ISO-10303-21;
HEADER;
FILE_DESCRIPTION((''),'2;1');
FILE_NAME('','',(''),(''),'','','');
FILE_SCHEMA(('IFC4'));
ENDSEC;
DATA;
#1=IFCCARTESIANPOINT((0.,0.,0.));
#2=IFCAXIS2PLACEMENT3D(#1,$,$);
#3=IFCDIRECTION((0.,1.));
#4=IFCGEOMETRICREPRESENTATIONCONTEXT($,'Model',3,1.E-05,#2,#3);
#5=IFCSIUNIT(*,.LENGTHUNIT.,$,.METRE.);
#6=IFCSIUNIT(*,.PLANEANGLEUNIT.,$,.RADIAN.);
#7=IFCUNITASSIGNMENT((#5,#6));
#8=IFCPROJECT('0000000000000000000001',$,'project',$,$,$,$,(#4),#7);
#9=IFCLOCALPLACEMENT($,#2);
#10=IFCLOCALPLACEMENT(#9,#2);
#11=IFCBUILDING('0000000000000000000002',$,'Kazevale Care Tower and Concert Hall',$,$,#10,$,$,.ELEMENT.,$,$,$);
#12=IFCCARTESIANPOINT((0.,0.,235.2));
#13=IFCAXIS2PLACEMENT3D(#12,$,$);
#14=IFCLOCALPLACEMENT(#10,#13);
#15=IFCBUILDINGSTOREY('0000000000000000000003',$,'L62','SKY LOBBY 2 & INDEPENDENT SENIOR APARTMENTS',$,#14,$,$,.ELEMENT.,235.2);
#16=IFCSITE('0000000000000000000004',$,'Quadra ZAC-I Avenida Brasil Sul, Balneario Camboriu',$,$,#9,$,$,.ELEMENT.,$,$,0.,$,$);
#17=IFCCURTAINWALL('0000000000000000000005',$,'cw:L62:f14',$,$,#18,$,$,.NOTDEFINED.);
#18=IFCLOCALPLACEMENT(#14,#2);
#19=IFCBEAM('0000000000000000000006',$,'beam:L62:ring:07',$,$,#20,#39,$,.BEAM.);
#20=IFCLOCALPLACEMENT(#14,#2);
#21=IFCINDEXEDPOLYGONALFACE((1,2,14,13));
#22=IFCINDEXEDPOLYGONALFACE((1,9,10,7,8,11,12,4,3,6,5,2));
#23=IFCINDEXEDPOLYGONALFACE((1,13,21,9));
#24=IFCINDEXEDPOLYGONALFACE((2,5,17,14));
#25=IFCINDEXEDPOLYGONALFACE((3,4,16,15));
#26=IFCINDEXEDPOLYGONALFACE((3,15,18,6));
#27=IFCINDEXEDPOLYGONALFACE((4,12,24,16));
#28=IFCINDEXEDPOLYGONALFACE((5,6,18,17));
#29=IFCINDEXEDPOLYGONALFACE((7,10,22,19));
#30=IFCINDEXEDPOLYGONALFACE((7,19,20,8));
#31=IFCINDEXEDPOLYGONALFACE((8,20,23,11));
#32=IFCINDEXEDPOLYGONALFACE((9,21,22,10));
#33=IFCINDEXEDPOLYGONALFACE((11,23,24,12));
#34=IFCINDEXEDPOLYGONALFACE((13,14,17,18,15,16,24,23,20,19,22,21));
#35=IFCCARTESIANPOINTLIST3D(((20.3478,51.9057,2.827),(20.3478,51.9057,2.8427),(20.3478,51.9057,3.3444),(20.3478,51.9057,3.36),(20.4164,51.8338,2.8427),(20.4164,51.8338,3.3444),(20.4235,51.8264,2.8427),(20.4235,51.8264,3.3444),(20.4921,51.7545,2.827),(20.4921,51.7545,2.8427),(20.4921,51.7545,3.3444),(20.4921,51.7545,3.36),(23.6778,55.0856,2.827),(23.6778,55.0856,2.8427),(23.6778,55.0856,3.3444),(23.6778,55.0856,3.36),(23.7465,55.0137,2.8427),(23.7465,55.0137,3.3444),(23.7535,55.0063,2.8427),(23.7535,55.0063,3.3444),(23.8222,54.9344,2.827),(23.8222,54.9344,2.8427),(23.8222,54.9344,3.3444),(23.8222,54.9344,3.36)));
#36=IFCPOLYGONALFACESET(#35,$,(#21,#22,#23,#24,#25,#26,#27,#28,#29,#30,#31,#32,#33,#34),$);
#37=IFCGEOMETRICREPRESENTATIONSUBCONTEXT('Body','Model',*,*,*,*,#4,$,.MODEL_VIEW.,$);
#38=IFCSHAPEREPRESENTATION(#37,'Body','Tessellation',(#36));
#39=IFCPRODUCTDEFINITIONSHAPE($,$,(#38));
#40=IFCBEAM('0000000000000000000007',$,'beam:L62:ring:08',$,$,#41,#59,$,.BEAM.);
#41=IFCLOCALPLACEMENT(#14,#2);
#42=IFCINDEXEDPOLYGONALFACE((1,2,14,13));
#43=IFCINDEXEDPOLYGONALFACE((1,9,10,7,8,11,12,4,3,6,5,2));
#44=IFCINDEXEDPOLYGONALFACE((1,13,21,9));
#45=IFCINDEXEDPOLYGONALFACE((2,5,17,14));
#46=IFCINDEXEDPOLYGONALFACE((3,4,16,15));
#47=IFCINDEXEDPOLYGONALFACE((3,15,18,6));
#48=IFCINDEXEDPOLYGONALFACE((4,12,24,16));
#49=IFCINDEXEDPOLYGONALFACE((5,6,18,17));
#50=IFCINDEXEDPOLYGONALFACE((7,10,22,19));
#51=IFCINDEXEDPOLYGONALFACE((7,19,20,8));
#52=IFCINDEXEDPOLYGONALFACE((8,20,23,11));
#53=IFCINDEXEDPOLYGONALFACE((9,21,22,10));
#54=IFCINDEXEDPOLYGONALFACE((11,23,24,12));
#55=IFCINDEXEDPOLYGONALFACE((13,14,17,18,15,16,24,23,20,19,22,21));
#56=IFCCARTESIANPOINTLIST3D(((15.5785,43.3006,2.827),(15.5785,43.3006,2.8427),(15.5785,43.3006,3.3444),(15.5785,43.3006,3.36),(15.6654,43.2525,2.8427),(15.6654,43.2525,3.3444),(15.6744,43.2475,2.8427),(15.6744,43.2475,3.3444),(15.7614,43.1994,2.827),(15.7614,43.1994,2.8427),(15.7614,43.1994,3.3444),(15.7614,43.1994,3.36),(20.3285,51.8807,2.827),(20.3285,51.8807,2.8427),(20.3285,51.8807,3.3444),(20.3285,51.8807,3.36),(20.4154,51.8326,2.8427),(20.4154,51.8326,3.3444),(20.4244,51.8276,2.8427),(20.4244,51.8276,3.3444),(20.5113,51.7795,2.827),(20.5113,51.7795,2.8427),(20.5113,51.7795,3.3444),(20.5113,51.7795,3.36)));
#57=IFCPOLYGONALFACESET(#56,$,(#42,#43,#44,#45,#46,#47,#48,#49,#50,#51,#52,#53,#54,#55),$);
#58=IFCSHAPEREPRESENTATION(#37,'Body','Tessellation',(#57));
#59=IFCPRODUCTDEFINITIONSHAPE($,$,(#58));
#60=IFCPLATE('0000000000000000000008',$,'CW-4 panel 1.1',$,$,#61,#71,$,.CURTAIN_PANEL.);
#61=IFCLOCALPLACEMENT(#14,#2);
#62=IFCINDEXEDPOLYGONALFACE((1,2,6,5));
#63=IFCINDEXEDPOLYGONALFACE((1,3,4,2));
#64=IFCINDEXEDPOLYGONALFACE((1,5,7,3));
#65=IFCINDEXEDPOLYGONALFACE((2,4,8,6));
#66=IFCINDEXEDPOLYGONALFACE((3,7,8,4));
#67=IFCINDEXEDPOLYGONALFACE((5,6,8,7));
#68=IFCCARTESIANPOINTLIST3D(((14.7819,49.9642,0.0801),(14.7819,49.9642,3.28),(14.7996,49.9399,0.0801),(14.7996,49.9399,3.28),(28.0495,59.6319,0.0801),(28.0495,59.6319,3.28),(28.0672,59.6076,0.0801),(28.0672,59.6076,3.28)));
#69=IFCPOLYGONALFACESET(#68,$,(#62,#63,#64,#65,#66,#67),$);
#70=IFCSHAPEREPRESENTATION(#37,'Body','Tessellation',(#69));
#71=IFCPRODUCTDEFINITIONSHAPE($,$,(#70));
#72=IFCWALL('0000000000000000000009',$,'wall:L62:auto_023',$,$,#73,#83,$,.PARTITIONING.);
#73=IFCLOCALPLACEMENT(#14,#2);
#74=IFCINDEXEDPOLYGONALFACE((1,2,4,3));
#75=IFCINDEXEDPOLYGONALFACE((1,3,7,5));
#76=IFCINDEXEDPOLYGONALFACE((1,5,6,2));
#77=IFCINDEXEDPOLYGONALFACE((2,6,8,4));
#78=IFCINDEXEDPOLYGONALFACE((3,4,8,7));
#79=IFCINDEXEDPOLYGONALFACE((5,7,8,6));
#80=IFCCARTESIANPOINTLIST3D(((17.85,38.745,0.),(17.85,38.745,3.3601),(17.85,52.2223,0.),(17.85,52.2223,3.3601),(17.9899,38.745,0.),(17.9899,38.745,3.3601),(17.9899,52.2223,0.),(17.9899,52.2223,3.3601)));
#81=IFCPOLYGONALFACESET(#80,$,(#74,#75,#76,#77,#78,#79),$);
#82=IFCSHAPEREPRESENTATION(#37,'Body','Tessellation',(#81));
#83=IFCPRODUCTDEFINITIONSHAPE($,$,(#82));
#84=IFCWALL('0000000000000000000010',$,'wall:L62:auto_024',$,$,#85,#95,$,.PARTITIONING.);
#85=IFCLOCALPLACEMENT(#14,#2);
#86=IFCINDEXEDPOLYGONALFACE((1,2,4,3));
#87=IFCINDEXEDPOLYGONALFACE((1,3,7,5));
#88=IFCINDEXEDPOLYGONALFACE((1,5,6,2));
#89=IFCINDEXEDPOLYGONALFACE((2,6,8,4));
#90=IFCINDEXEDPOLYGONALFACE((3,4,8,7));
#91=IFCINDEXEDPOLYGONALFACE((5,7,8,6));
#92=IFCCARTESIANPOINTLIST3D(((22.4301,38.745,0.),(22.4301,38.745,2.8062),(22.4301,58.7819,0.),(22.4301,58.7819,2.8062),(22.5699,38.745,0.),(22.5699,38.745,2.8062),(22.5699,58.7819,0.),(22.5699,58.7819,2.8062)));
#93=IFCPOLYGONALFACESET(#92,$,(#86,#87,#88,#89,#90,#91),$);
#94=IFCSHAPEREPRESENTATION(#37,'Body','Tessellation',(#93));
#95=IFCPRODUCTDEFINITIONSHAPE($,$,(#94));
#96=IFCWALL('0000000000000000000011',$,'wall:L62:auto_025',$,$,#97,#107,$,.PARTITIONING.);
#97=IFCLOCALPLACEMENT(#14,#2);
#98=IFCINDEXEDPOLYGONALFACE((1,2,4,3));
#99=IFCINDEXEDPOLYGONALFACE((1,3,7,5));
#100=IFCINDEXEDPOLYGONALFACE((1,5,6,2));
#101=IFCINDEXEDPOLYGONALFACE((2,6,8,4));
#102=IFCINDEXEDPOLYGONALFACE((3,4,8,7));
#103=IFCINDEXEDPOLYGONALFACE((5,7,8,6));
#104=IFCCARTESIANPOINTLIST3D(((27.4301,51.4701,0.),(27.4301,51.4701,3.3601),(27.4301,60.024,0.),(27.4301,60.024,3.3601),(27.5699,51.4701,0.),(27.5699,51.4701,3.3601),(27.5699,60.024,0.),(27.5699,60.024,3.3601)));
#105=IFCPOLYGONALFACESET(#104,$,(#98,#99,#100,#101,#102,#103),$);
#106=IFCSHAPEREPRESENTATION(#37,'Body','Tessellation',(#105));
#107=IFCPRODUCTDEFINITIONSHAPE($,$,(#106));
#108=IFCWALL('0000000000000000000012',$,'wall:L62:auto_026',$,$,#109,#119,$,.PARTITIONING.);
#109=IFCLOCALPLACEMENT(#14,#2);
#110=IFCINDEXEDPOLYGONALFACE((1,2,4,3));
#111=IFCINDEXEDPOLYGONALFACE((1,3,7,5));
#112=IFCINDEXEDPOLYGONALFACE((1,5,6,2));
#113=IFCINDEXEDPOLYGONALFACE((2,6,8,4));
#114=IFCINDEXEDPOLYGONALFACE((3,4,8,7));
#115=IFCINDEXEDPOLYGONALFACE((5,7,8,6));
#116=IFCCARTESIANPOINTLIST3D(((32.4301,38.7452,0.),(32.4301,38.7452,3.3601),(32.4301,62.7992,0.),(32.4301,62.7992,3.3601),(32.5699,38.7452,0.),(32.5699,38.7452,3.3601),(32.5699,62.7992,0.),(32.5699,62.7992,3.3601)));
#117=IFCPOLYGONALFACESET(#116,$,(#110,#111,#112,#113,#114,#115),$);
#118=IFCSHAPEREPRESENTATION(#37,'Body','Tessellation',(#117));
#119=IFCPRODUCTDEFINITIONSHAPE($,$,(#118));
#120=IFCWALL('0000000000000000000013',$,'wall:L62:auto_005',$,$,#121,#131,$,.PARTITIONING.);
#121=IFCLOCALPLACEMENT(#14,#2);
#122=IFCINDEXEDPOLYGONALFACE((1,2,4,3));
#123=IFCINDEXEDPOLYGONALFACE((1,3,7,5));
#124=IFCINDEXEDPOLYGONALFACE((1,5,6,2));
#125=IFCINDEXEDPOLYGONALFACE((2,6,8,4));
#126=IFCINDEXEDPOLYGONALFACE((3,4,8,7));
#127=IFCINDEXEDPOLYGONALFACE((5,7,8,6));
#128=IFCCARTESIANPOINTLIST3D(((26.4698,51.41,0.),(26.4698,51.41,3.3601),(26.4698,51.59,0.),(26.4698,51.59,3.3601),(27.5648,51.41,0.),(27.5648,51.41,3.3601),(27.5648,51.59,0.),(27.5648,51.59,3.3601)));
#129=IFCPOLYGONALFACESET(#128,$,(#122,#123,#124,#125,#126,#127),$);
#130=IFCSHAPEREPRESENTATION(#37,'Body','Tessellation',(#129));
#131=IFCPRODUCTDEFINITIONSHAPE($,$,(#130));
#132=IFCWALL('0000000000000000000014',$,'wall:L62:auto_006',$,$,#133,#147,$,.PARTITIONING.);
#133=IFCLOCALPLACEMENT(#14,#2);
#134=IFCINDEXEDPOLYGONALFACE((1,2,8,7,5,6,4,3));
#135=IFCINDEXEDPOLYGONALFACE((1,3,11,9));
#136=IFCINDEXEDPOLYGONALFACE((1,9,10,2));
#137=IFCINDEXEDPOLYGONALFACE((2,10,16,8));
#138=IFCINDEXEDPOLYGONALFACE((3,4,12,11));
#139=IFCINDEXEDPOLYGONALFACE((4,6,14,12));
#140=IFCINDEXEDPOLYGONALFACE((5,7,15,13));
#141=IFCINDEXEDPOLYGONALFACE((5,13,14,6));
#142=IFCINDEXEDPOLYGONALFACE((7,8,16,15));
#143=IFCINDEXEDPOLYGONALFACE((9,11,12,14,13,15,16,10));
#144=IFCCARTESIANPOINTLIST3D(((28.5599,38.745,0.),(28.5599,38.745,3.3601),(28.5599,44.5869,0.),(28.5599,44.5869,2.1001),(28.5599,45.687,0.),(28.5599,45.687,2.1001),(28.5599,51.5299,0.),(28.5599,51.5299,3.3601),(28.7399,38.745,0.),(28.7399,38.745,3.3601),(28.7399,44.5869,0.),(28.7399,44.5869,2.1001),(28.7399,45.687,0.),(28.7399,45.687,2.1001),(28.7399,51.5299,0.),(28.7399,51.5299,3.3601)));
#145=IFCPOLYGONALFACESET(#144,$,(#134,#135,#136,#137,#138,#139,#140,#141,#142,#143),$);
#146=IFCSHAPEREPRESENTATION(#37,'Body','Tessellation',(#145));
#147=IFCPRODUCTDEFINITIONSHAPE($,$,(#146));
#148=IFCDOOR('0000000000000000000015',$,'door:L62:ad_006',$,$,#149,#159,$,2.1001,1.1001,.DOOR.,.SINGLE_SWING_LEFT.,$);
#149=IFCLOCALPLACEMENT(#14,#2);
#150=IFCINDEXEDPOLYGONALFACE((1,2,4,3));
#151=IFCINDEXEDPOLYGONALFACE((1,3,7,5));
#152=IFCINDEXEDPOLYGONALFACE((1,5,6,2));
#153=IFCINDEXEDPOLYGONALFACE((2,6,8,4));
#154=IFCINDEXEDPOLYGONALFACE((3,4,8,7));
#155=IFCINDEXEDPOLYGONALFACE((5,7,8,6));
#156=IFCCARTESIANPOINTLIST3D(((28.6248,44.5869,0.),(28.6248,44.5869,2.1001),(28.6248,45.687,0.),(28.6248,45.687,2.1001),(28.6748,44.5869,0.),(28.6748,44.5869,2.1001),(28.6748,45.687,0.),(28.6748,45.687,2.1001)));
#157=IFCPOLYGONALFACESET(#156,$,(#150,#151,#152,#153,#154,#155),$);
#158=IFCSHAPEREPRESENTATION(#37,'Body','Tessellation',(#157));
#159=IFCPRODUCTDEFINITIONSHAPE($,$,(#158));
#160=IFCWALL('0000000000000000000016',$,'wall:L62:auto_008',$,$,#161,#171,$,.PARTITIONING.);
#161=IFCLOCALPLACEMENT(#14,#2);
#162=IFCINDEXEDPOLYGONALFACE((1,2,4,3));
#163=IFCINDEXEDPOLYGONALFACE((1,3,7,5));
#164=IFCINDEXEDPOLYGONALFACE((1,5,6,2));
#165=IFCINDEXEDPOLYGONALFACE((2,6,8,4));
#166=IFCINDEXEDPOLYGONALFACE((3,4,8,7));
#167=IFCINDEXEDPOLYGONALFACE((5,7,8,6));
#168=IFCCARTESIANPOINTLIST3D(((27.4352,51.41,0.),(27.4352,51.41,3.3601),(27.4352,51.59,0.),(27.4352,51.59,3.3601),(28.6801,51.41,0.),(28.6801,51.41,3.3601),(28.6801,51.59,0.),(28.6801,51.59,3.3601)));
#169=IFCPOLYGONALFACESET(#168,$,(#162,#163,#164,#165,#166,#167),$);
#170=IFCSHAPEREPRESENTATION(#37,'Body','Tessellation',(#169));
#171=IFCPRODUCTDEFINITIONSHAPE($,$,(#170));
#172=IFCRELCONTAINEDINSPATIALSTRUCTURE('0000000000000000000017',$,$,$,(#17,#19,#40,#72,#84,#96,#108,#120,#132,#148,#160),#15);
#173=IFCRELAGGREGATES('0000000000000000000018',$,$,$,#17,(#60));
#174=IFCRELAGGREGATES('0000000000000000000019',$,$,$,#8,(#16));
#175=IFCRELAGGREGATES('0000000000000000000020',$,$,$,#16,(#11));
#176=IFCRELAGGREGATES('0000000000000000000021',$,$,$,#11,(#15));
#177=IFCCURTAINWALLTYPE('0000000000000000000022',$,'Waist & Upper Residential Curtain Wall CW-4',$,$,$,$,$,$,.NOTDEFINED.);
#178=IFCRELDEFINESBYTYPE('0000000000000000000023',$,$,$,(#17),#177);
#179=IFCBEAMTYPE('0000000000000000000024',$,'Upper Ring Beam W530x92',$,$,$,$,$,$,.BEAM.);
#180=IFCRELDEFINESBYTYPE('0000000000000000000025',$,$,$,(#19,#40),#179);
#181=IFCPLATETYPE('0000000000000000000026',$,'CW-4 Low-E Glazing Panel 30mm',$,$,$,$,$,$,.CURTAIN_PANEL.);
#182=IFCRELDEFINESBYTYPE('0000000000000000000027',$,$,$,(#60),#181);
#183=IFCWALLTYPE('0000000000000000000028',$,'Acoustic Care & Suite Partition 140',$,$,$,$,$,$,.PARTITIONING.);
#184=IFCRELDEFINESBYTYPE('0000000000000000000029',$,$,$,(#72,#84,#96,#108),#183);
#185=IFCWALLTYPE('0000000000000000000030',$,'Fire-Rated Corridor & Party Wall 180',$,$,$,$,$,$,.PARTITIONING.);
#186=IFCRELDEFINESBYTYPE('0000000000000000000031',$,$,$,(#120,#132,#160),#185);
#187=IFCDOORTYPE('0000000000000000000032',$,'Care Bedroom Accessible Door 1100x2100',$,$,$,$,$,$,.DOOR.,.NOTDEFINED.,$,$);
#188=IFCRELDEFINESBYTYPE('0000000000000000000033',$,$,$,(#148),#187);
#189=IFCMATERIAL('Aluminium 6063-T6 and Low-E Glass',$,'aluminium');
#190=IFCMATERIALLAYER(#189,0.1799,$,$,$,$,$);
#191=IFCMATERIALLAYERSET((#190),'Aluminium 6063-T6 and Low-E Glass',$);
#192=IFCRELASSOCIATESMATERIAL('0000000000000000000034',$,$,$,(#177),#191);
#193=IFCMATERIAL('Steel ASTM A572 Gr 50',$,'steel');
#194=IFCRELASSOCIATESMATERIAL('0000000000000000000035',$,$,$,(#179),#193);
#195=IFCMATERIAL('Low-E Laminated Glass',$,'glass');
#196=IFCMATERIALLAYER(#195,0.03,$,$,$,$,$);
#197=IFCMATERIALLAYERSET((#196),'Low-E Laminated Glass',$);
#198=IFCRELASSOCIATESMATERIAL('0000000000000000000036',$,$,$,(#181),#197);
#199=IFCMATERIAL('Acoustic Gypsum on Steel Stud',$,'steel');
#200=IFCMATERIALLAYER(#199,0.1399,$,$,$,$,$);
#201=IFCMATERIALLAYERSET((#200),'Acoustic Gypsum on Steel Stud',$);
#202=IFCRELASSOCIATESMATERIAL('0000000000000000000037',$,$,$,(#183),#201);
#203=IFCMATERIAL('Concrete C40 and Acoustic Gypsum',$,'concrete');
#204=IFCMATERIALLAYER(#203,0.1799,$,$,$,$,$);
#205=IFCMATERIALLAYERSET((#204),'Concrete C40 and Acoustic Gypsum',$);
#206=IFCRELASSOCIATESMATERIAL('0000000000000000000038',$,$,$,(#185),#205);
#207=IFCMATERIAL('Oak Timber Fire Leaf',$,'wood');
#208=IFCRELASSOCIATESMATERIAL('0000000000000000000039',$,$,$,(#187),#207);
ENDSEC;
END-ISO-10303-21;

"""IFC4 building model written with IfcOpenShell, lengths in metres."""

from ifc_helpers import new_model, si_unit, direction, frame, frame_2d, origin, origin_2d, place, context, subcontext, project, spatial, rectangle, i_section, extrude, material, layer, layer_set, material_profile, profile_set, type_object, element, fill, aggregate, save


model = new_model("IFC4")

# Units and contexts
model_context = context("Model", 3, precision=1e-05, world=origin(), true_north=direction((0.0, 1.0)))
body_context = subcontext(model_context, "Body", "Model", "MODEL_VIEW")
ifc_project = project(units=[si_unit("LENGTHUNIT", "METRE"), si_unit("PLANEANGLEUNIT", "RADIAN")], contexts=[model_context])

# Site, building, storey
site_placement = place(None, origin())
site = spatial("IfcSite", under=ifc_project, at=site_placement, Name="Quadra ZAC-I Avenida Brasil Sul, Balneario Camboriu", CompositionType="ELEMENT", RefElevation=0.0)
building_placement = place(site_placement, origin())
building = spatial("IfcBuilding", under=site, at=building_placement, Name="Kazevale Care Tower and Concert Hall", CompositionType="ELEMENT")
storey_placement = place(building_placement, frame((0.0, 0.0, 235.2)))
storey = spatial("IfcBuildingStorey", under=building, at=storey_placement, Name="L62", Description="SKY LOBBY 2 & INDEPENDENT SENIOR APARTMENTS", CompositionType="ELEMENT", Elevation=235.2)

# Curtain wall
ifc_material_1 = material(Name="Aluminium 6063-T6 and Low-E Glass", Category="aluminium")
ifc_layer_1 = layer(ifc_material_1, 0.1799)
ifc_layer_set_1 = layer_set([ifc_layer_1], Name="Aluminium 6063-T6 and Low-E Glass")
curtain_wall_type = type_object("IfcCurtainWallType", Name="Waist & Upper Residential Curtain Wall CW-4", PredefinedType="NOTDEFINED", material=ifc_layer_set_1)
curtain_wall_placement = place(storey_placement, origin())
curtain_wall = element("IfcCurtainWall", 1, at=curtain_wall_placement, inside=storey, type_object=curtain_wall_type, Name="cw:L62:f14", PredefinedType="NOTDEFINED")

# Beams
ifc_material_2 = material(Name="Steel ASTM A572 Gr 50", Category="steel")
ifc_material_profile_1 = material_profile(ifc_material_2, i_section(OverallWidth=0.209, OverallDepth=0.533, WebThickness=0.0103, FlangeThickness=0.0156, at=origin_2d()), Name="W530x92")
ifc_profile_set_1 = profile_set([ifc_material_profile_1], Name="Steel ASTM A572 Gr 50")
beam_type = type_object("IfcBeamType", Name="Upper Ring Beam W530x92", PredefinedType="BEAM", material=ifc_profile_set_1)
beam_1_placement = place(storey_placement, frame((23.75, 55.01, 3.0935), z_axis=(-0.723223, -0.690614, 0.0), x_axis=(0.690614, -0.723223, 0.0)))
element("IfcBeam", 2, at=beam_1_placement, inside=storey, type_object=beam_type, Name="beam:L62:ring:07", PredefinedType="BEAM", context=body_context, shape_type="SweptSolid", body=[
    extrude(i_section(OverallWidth=0.209, OverallDepth=0.533, WebThickness=0.0103, FlangeThickness=0.0156, at=origin_2d()), origin(), (0.0, 0.0, 1.0), 4.6045),
])
beam_2_placement = place(storey_placement, frame((20.4199, 51.8301, 3.0935), z_axis=(-0.48434, -0.87488, 0.0), x_axis=(0.87488, -0.48434, 0.0)))
element("IfcBeam", 3, at=beam_2_placement, inside=storey, type_object=beam_type, Name="beam:L62:ring:08", PredefinedType="BEAM", context=body_context, shape_type="SweptSolid", body=[
    extrude(i_section(OverallWidth=0.209, OverallDepth=0.533, WebThickness=0.0103, FlangeThickness=0.0156, at=origin_2d()), origin(), (0.0, 0.0, 1.0), 9.8071),
])

# Plate
ifc_material_3 = material(Name="Low-E Laminated Glass", Category="glass")
ifc_layer_2 = layer(ifc_material_3, 0.03)
ifc_layer_set_2 = layer_set([ifc_layer_2], Name="Low-E Laminated Glass")
plate_type = type_object("IfcPlateType", Name="CW-4 Low-E Glazing Panel 30mm", PredefinedType="CURTAIN_PANEL", material=ifc_layer_set_2)
plate_placement = place(storey_placement, frame((21.4246, 54.7859, 0.0801), z_axis=(0.0, 0.0, 1.0), x_axis=(0.808198, 0.58891, 0.0)))
plate = element("IfcPlate", 4, at=plate_placement, type_object=plate_type, Name="CW-4 panel 1.1", PredefinedType="CURTAIN_PANEL", context=body_context, shape_type="SweptSolid", body=[
    extrude(rectangle(XDim=16.4163, YDim=0.03, at=origin_2d()), origin(), (0.0, 0.0, 1.0), 3.2),
])
aggregate(curtain_wall, [plate])

# Walls
ifc_material_4 = material(Name="Acoustic Gypsum on Steel Stud", Category="steel")
ifc_layer_3 = layer(ifc_material_4, 0.1399)
ifc_layer_set_3 = layer_set([ifc_layer_3], Name="Acoustic Gypsum on Steel Stud")
wall_type_1 = type_object("IfcWallType", Name="Acoustic Care & Suite Partition 140", PredefinedType="PARTITIONING", material=ifc_layer_set_3)
wall_1_placement = place(storey_placement, frame((17.9199, 52.2224, 0.0), z_axis=(0.0, 0.0, 1.0), x_axis=(0.0, -1.0, 0.0)))
element("IfcWall", 5, at=wall_1_placement, inside=storey, type_object=wall_type_1, Name="wall:L62:auto_023", PredefinedType="PARTITIONING", context=body_context, shape_type="SweptSolid", body=[
    extrude(rectangle(XDim=13.4773, YDim=0.1399, at=frame_2d((6.7388, 0.0))), origin(), (0.0, 0.0, 1.0), 3.3601),
])
wall_2_placement = place(storey_placement, frame((22.5, 58.782, 0.0), z_axis=(0.0, 0.0, 1.0), x_axis=(0.0, -1.0, 0.0)))
element("IfcWall", 6, at=wall_2_placement, inside=storey, type_object=wall_type_1, Name="wall:L62:auto_024", PredefinedType="PARTITIONING", context=body_context, shape_type="SweptSolid", body=[
    extrude(rectangle(XDim=20.0369, YDim=0.1399, at=frame_2d((10.0186, 0.0))), origin(), (0.0, 0.0, 1.0), 2.8062),
])
wall_3_placement = place(storey_placement, frame((27.5, 60.0239, 0.0), z_axis=(0.0, 0.0, 1.0), x_axis=(0.0, -1.0, 0.0)))
element("IfcWall", 7, at=wall_3_placement, inside=storey, type_object=wall_type_1, Name="wall:L62:auto_025", PredefinedType="PARTITIONING", context=body_context, shape_type="SweptSolid", body=[
    extrude(rectangle(XDim=8.554, YDim=0.1399, at=frame_2d((4.2769, 0.0))), origin(), (0.0, 0.0, 1.0), 3.3601),
])
wall_4_placement = place(storey_placement, frame((32.5, 62.7991, 0.0), z_axis=(0.0, 0.0, 1.0), x_axis=(0.0, -1.0, 0.0)))
element("IfcWall", 8, at=wall_4_placement, inside=storey, type_object=wall_type_1, Name="wall:L62:auto_026", PredefinedType="PARTITIONING", context=body_context, shape_type="SweptSolid", body=[
    extrude(rectangle(XDim=24.054, YDim=0.1399, at=frame_2d((12.0269, 0.0))), origin(), (0.0, 0.0, 1.0), 3.3601),
])
ifc_material_5 = material(Name="Concrete C40 and Acoustic Gypsum", Category="concrete")
ifc_layer_4 = layer(ifc_material_5, 0.1799)
ifc_layer_set_4 = layer_set([ifc_layer_4], Name="Concrete C40 and Acoustic Gypsum")
wall_type_2 = type_object("IfcWallType", Name="Fire-Rated Corridor & Party Wall 180", PredefinedType="PARTITIONING", material=ifc_layer_set_4)
wall_5_placement = place(storey_placement, frame((26.47, 51.5, 0.0), z_axis=(0.0, 0.0, 1.0), x_axis=(1.0, 0.0, 0.0)))
element("IfcWall", 9, at=wall_5_placement, inside=storey, type_object=wall_type_2, Name="wall:L62:auto_005", PredefinedType="PARTITIONING", context=body_context, shape_type="SweptSolid", body=[
    extrude(rectangle(XDim=1.095, YDim=0.1799, at=frame_2d((0.5474, 0.0))), origin(), (0.0, 0.0, 1.0), 3.3601),
])

# Wall, opening, door
wall_6_placement = place(storey_placement, frame((28.6499, 51.53, 0.0), z_axis=(0.0, 0.0, 1.0), x_axis=(0.0, -1.0, 0.0)))
wall_6 = element("IfcWall", 10, at=wall_6_placement, inside=storey, type_object=wall_type_2, Name="wall:L62:auto_006", PredefinedType="PARTITIONING", context=body_context, shape_type="SweptSolid", body=[
    extrude(rectangle(XDim=12.7849, YDim=0.1799, at=frame_2d((6.3926, 0.0))), origin(), (0.0, 0.0, 1.0), 3.3601),
])
opening_1_placement = place(wall_6_placement, frame((5.843, 0.0, 0.0)))
opening_1 = element("IfcOpeningElement", 11, at=opening_1_placement, cuts=wall_6, PredefinedType="OPENING", context=body_context, shape_type="SweptSolid", body=[
    extrude(rectangle(XDim=1.1001, YDim=2.1001, at=frame_2d((0.55, 1.05))), frame((0.0, 0.0999, 0.0), z_axis=(0.0, -1.0, 0.0), x_axis=(1.0, 0.0, 0.0)), (0.0, 0.0, 1.0), 0.2),
])
ifc_material_6 = material(Name="Oak Timber Fire Leaf", Category="wood")
door_type = type_object("IfcDoorType", Name="Care Bedroom Accessible Door 1100x2100", OperationType="NOTDEFINED", PredefinedType="DOOR", material=ifc_material_6)
door_placement = place(opening_1_placement, origin())
door = element("IfcDoor", 12, at=door_placement, inside=storey, type_object=door_type, Name="door:L62:ad_006", OperationType="SINGLE_SWING_LEFT", OverallHeight=2.1001, OverallWidth=1.1001, PredefinedType="DOOR", context=body_context, shape_type="SweptSolid", body=[
    extrude(rectangle(XDim=1.1001, YDim=2.1001, at=frame_2d((0.55, 1.05))), frame((0.0, 0.0249, 0.0), z_axis=(0.0, -1.0, 0.0), x_axis=(1.0, 0.0, 0.0)), (0.0, 0.0, 1.0), 0.05),
])
fill(opening_1, door)

# Wall
wall_7_placement = place(storey_placement, frame((27.4351, 51.5, 0.0), z_axis=(0.0, 0.0, 1.0), x_axis=(1.0, 0.0, 0.0)))
element("IfcWall", 13, at=wall_7_placement, inside=storey, type_object=wall_type_2, Name="wall:L62:auto_008", PredefinedType="PARTITIONING", context=body_context, shape_type="SweptSolid", body=[
    extrude(rectangle(XDim=1.2449, YDim=0.1799, at=frame_2d((0.6226, 0.0))), origin(), (0.0, 0.0, 1.0), 3.3601),
])

save(model, "model.ifc")
